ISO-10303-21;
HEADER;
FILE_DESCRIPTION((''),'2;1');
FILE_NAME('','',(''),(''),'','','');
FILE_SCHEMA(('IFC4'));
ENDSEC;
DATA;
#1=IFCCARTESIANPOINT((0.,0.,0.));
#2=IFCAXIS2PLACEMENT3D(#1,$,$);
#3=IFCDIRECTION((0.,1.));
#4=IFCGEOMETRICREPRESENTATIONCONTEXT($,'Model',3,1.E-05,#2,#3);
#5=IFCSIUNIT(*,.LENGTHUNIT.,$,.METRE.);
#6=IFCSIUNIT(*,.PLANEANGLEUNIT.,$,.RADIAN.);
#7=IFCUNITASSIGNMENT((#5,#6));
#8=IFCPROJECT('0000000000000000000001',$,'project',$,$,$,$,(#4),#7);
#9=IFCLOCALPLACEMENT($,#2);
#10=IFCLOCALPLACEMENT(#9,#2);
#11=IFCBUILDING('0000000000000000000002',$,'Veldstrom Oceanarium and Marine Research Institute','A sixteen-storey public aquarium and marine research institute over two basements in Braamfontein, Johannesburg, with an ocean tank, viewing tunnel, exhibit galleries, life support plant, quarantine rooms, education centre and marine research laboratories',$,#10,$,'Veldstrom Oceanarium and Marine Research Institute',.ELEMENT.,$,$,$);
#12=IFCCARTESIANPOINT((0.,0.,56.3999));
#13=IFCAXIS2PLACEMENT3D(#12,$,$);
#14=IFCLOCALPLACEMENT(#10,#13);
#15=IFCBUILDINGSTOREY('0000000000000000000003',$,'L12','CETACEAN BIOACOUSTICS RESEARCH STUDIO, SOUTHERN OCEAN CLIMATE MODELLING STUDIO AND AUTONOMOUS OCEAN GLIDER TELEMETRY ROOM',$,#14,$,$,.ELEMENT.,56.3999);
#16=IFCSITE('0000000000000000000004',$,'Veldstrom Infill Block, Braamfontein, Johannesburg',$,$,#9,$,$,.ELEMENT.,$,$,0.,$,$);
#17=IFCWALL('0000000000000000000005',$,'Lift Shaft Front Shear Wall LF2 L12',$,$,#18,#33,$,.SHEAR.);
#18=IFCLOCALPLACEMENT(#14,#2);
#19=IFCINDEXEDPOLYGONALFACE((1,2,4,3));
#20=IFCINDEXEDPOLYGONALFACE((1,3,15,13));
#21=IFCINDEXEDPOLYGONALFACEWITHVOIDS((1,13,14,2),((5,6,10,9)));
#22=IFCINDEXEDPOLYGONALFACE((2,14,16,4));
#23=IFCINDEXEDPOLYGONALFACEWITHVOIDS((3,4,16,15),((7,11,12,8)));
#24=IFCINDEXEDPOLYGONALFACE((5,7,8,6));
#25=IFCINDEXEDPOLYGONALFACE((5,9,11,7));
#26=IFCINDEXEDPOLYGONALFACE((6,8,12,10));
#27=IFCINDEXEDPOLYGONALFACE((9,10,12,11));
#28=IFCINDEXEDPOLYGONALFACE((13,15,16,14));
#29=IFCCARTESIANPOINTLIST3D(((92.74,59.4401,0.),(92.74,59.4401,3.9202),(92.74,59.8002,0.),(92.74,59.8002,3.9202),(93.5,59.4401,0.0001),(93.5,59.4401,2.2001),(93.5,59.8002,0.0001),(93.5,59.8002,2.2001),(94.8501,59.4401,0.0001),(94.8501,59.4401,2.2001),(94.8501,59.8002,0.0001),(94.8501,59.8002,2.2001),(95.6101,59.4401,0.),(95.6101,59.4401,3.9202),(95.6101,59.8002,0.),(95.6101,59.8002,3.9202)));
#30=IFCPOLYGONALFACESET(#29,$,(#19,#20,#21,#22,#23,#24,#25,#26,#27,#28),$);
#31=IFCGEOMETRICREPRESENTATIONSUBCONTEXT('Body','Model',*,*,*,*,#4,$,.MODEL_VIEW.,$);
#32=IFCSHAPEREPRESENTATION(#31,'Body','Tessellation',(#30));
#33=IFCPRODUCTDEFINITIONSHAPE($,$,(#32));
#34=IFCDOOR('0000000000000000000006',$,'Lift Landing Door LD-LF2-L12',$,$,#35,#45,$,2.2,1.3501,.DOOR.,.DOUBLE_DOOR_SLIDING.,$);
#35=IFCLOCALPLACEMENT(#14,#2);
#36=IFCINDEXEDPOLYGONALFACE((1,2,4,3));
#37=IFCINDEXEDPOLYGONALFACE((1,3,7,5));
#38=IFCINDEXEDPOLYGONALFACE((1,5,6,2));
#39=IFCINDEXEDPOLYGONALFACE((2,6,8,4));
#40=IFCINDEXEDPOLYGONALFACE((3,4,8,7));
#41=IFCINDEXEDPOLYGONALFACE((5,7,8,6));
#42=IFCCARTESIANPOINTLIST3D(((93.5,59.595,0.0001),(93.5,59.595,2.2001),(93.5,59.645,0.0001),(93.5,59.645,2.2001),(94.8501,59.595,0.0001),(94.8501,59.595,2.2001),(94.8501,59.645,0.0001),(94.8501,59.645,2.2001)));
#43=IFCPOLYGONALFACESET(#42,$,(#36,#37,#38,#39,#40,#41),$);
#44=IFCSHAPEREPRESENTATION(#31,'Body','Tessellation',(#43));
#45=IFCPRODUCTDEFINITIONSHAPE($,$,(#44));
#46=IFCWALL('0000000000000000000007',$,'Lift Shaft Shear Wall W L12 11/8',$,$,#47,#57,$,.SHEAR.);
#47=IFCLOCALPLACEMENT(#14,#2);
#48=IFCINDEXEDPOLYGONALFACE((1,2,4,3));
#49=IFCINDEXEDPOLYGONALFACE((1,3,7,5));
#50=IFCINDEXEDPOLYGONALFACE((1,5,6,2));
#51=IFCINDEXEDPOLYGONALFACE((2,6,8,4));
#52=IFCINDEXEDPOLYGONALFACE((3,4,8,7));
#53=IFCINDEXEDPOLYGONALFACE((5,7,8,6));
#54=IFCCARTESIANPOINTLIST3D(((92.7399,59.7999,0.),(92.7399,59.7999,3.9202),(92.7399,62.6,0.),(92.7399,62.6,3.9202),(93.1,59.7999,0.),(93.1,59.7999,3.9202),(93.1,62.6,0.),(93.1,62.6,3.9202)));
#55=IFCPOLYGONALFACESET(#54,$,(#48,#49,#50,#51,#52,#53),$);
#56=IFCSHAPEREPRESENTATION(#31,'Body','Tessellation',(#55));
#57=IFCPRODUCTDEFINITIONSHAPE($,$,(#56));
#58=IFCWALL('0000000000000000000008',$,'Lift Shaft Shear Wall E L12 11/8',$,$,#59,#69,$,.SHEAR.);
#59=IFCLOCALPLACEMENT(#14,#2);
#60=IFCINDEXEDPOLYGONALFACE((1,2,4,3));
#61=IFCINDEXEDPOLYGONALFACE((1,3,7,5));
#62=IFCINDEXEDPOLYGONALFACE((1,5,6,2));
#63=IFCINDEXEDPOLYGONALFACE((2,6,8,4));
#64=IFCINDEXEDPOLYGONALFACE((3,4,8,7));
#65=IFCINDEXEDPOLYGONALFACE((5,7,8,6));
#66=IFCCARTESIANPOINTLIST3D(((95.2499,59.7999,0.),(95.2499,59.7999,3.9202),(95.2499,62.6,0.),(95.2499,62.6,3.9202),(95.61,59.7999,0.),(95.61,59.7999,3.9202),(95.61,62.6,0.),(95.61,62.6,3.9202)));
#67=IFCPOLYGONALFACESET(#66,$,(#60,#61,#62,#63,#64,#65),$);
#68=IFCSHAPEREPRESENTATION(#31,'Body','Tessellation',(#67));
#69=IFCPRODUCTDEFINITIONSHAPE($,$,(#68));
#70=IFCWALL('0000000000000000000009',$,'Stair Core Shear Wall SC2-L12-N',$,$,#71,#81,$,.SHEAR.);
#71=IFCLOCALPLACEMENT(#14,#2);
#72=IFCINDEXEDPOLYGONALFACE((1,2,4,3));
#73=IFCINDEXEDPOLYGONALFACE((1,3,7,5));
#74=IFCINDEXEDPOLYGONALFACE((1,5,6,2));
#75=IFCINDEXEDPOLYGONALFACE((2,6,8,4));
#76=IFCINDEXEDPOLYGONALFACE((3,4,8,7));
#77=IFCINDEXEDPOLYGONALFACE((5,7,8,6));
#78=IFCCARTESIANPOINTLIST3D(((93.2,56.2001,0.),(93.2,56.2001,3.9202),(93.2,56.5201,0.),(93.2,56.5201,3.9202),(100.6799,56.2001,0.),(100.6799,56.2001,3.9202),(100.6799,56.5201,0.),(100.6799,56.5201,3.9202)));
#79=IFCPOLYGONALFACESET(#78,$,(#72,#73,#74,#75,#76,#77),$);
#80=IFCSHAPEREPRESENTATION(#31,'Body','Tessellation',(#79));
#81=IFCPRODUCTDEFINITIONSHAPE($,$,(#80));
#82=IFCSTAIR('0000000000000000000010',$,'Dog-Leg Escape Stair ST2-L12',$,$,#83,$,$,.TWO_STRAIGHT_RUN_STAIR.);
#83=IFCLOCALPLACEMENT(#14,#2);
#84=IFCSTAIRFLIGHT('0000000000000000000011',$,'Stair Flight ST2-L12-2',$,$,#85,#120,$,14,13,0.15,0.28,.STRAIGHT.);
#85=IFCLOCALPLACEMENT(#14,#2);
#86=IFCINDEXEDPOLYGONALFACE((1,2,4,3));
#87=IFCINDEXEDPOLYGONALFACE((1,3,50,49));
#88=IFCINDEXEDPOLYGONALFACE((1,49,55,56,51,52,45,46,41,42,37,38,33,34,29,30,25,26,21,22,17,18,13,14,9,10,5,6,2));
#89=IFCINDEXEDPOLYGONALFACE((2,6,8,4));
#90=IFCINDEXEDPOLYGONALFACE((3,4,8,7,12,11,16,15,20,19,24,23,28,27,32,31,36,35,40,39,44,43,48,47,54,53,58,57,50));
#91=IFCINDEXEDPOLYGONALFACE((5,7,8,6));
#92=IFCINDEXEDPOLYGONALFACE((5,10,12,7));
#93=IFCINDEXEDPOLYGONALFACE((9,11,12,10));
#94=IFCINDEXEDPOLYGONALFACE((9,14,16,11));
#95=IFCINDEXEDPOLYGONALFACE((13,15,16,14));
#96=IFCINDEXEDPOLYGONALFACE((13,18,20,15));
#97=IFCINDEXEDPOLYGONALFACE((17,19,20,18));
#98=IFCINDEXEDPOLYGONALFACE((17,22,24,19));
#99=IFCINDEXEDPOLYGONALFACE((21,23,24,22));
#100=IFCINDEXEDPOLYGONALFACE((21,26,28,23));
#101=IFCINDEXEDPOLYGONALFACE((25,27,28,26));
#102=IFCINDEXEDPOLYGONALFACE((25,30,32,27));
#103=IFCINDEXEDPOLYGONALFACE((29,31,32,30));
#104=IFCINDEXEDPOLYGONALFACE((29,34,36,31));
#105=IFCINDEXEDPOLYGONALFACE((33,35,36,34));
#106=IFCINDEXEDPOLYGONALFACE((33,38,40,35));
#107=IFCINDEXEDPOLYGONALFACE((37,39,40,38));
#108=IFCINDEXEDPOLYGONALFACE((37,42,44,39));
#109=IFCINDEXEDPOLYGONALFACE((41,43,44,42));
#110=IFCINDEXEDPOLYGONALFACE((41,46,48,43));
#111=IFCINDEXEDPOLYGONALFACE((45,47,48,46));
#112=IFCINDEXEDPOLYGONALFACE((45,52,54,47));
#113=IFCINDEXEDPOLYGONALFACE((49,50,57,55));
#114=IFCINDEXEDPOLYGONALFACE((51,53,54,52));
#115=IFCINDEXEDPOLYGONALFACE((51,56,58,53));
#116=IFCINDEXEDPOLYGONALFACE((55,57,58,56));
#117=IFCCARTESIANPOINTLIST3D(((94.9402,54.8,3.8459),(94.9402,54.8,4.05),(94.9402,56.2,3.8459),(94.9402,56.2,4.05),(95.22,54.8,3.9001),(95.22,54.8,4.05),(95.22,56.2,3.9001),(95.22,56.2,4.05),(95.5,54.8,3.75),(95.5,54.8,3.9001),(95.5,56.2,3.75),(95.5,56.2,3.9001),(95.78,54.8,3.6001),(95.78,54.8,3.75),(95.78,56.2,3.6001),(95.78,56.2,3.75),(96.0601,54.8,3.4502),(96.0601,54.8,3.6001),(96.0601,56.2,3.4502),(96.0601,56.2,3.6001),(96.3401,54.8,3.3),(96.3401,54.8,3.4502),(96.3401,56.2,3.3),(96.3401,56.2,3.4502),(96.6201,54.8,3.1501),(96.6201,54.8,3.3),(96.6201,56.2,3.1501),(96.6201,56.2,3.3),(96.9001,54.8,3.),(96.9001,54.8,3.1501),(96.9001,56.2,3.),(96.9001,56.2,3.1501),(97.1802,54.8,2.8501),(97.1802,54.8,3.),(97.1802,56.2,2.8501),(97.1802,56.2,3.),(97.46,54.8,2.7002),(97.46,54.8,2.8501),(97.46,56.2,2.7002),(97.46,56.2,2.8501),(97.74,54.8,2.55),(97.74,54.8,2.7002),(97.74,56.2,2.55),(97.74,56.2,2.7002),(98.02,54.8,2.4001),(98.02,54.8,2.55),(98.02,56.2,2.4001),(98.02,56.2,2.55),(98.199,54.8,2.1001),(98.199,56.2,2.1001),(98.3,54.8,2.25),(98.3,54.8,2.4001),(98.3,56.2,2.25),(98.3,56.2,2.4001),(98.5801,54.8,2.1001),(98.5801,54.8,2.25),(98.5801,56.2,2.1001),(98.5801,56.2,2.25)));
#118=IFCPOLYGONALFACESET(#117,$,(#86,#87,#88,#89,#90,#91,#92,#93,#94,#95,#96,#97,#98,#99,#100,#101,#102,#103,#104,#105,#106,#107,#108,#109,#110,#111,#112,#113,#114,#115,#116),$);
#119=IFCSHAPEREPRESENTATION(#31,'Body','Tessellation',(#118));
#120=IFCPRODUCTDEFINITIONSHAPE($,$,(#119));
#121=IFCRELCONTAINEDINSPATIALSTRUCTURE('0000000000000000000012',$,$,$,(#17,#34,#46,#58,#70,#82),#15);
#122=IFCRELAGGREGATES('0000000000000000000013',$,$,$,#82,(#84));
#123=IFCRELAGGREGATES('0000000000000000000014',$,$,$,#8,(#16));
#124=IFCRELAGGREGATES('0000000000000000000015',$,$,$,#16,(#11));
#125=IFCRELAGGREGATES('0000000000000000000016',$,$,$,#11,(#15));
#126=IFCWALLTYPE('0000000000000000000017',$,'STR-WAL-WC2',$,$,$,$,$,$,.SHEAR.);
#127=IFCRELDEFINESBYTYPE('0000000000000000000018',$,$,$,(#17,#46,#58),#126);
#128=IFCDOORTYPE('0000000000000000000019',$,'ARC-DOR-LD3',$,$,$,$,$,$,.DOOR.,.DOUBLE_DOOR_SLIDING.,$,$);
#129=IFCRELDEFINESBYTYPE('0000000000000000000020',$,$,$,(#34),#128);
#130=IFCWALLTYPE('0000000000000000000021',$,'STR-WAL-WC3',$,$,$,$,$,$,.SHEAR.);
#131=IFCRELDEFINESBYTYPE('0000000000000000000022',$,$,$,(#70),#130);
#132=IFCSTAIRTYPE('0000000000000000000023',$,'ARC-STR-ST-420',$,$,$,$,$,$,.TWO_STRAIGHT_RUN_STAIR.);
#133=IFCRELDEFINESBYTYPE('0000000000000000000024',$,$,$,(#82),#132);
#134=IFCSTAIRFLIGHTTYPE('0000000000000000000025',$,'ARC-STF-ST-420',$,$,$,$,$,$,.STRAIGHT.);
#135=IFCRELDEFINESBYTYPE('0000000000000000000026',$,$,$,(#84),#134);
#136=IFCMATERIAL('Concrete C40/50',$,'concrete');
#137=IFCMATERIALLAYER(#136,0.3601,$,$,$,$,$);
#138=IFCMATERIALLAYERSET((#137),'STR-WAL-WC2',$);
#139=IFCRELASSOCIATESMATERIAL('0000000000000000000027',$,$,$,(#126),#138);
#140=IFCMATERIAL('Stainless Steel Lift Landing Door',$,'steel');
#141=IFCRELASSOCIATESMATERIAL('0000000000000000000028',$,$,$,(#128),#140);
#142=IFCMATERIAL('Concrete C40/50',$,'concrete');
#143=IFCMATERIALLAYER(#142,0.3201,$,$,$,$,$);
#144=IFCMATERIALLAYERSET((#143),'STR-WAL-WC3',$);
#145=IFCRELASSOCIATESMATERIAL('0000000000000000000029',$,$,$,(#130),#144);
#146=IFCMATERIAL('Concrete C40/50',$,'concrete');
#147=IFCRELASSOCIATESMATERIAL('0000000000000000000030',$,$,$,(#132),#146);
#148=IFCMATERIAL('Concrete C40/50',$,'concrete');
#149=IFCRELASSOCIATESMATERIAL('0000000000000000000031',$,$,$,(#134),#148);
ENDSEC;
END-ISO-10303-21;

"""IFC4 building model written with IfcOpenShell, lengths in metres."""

from ifc_helpers import new_model, si_unit, direction, frame, frame_2d, origin, place, context, subcontext, project, spatial, polyline, rectangle, outline, extrude, material, layer, layer_set, type_object, element, fill, aggregate, save


model = new_model("IFC4")

# Units and contexts
model_context = context("Model", 3, precision=1e-05, world=origin(), true_north=direction((0.0, 1.0)))
body_context = subcontext(model_context, "Body", "Model", "MODEL_VIEW")
ifc_project = project(units=[si_unit("LENGTHUNIT", "METRE"), si_unit("PLANEANGLEUNIT", "RADIAN")], contexts=[model_context])

# Site, building, storey
site_placement = place(None, origin())
site = spatial("IfcSite", under=ifc_project, at=site_placement, Name="Veldstrom Infill Block, Braamfontein, Johannesburg", CompositionType="ELEMENT", RefElevation=0.0)
building_placement = place(site_placement, origin())
building = spatial("IfcBuilding", under=site, at=building_placement, Name="Veldstrom Oceanarium and Marine Research Institute", Description="A sixteen-storey public aquarium and marine research institute over two basements in Braamfontein, Johannesburg, with an ocean tank, viewing tunnel, exhibit galleries, life support plant, quarantine rooms, education centre and marine research laboratories", LongName="Veldstrom Oceanarium and Marine Research Institute", CompositionType="ELEMENT")
storey_placement = place(building_placement, frame((0.0, 0.0, 56.3999)))
storey = spatial("IfcBuildingStorey", under=building, at=storey_placement, Name="L12", Description="CETACEAN BIOACOUSTICS RESEARCH STUDIO, SOUTHERN OCEAN CLIMATE MODELLING STUDIO AND AUTONOMOUS OCEAN GLIDER TELEMETRY ROOM", CompositionType="ELEMENT", Elevation=56.3999)

# Shared definitions
ifc_material_1 = material(Name="Concrete C40/50", Category="concrete")
ifc_layer_1 = layer(ifc_material_1, 0.3601)
ifc_layer_set_1 = layer_set([ifc_layer_1], Name="STR-WAL-WC2")
wall_type_1 = type_object("IfcWallType", Name="STR-WAL-WC2", PredefinedType="SHEAR", material=ifc_layer_set_1)

# Wall, opening, door
wall_1_placement = place(storey_placement, frame((92.74, 59.6201, 0.0), z_axis=(0.0, 0.0, 1.0), x_axis=(1.0, 0.0, 0.0)))
wall_1 = element("IfcWall", 1, at=wall_1_placement, inside=storey, type_object=wall_type_1, Name="Lift Shaft Front Shear Wall LF2 L12", PredefinedType="SHEAR", context=body_context, shape_type="SweptSolid", body=[
    extrude(rectangle(XDim=2.8701, YDim=0.3601, at=frame_2d((1.4351, 0.0))), origin(), (0.0, 0.0, 1.0), 3.9202),
])
opening_1_placement = place(wall_1_placement, frame((0.76, 0.0, 0.0)))
opening_1 = element("IfcOpeningElement", 2, at=opening_1_placement, cuts=wall_1, PredefinedType="OPENING", context=body_context, shape_type="SweptSolid", body=[
    extrude(rectangle(XDim=1.3501, YDim=2.2, at=frame_2d((0.675, 1.1001))), frame((0.0, 0.1899, 0.0), z_axis=(0.0, -1.0, 0.0), x_axis=(1.0, 0.0, 0.0)), (0.0, 0.0, 1.0), 0.3801),
])
ifc_material_2 = material(Name="Stainless Steel Lift Landing Door", Category="steel")
door_type_1 = type_object("IfcDoorType", Name="ARC-DOR-LD3", OperationType="DOUBLE_DOOR_SLIDING", PredefinedType="DOOR", material=ifc_material_2)
door_1_placement = place(opening_1_placement, origin())
door_1 = element("IfcDoor", 3, at=door_1_placement, inside=storey, type_object=door_type_1, Name="Lift Landing Door LD-LF2-L12", OperationType="DOUBLE_DOOR_SLIDING", OverallHeight=2.2, OverallWidth=1.3501, PredefinedType="DOOR", context=body_context, shape_type="SweptSolid", body=[
    extrude(rectangle(XDim=1.3501, YDim=2.2, at=frame_2d((0.675, 1.1001))), frame((0.0, 0.0249, 0.0), z_axis=(0.0, -1.0, 0.0), x_axis=(1.0, 0.0, 0.0)), (0.0, 0.0, 1.0), 0.05),
])
fill(opening_1, door_1)

# Walls
for number, where, z_axis, x_axis, name in (
    (4, (92.9199, 59.8, 0.0), (0.0, 0.0, 1.0), (0.0, 1.0, 0.0), "Lift Shaft Shear Wall W L12 11/8"),
    (5, (95.4299, 59.8, 0.0), (0.0, 0.0, 1.0), (0.0, 1.0, 0.0), "Lift Shaft Shear Wall E L12 11/8"),
):
    element("IfcWall", number, at=place(storey_placement, frame(where, z_axis=z_axis, x_axis=x_axis)), inside=storey, type_object=wall_type_1, Name=name, PredefinedType="SHEAR", context=body_context, shape_type="SweptSolid", body=[
        extrude(rectangle(XDim=2.8, YDim=0.3601, at=frame_2d((1.3999, 0.0))), origin(), (0.0, 0.0, 1.0), 3.9202),
    ])
ifc_material_3 = material(Name="Concrete C40/50", Category="concrete")
ifc_layer_2 = layer(ifc_material_3, 0.3201)
ifc_layer_set_2 = layer_set([ifc_layer_2], Name="STR-WAL-WC3")
wall_type_2 = type_object("IfcWallType", Name="STR-WAL-WC3", PredefinedType="SHEAR", material=ifc_layer_set_2)
wall_2_placement = place(storey_placement, frame((93.2, 56.3601, 0.0), z_axis=(0.0, 0.0, 1.0), x_axis=(1.0, 0.0, 0.0)))
element("IfcWall", 6, at=wall_2_placement, inside=storey, type_object=wall_type_2, Name="Stair Core Shear Wall SC2-L12-N", PredefinedType="SHEAR", context=body_context, shape_type="SweptSolid", body=[
    extrude(rectangle(XDim=7.48, YDim=0.3201, at=frame_2d((3.74, 0.0))), origin(), (0.0, 0.0, 1.0), 3.9202),
])

# Stair, stair flight
ifc_material_4 = material(Name="Concrete C40/50", Category="concrete")
stair_type = type_object("IfcStairType", Name="ARC-STR-ST-420", PredefinedType="TWO_STRAIGHT_RUN_STAIR", material=ifc_material_4)
stair_placement = place(storey_placement, origin())
stair = element("IfcStair", 7, at=stair_placement, inside=storey, type_object=stair_type, Name="Dog-Leg Escape Stair ST2-L12", PredefinedType="TWO_STRAIGHT_RUN_STAIR")
ifc_material_5 = material(Name="Concrete C40/50", Category="concrete")
stair_flight_type = type_object("IfcStairFlightType", Name="ARC-STF-ST-420", PredefinedType="STRAIGHT", material=ifc_material_5)
stair_flight_placement = place(storey_placement, frame((98.5801, 55.5, 2.1001), z_axis=(0.0, 0.0, 1.0), x_axis=(-1.0, 0.0, 0.0)))
stair_flight = element("IfcStairFlight", 8, at=stair_flight_placement, type_object=stair_flight_type, Name="Stair Flight ST2-L12-2", NumberOfRisers=14, NumberOfTreads=13, PredefinedType="STRAIGHT", RiserHeight=0.15, TreadLength=0.28, context=body_context, shape_type="SweptSolid", body=[
    extrude(outline(polyline([(0.0, 0.0), (0.0, 0.1499), (0.28, 0.1499), (0.28, 0.3), (0.5601, 0.3), (0.5601, 0.45), (0.8401, 0.45), (0.8401, 0.6001), (1.1201, 0.6001), (1.1201, 0.75), (1.3999, 0.75), (1.3999, 0.8999), (1.6799, 0.8999), (1.6799, 1.05), (1.96, 1.05), (1.96, 1.2), (2.24, 1.2), (2.24, 1.3501), (2.52, 1.3501), (2.52, 1.5), (2.8, 1.5), (2.8, 1.6499), (3.0801, 1.6499), (3.0801, 1.8), (3.3601, 1.8), (3.3601, 1.95), (3.6399, 1.95), (3.6399, 2.1001), (3.6399, 1.7458), (0.3811, 0.0), (0.0, 0.0)])), frame((0.0, 0.7, 0.0), z_axis=(0.0, -1.0, 0.0), x_axis=(1.0, 0.0, 0.0)), (0.0, 0.0, 1.0), 1.3999),
])
aggregate(stair, [stair_flight])

save(model, "model.ifc")
